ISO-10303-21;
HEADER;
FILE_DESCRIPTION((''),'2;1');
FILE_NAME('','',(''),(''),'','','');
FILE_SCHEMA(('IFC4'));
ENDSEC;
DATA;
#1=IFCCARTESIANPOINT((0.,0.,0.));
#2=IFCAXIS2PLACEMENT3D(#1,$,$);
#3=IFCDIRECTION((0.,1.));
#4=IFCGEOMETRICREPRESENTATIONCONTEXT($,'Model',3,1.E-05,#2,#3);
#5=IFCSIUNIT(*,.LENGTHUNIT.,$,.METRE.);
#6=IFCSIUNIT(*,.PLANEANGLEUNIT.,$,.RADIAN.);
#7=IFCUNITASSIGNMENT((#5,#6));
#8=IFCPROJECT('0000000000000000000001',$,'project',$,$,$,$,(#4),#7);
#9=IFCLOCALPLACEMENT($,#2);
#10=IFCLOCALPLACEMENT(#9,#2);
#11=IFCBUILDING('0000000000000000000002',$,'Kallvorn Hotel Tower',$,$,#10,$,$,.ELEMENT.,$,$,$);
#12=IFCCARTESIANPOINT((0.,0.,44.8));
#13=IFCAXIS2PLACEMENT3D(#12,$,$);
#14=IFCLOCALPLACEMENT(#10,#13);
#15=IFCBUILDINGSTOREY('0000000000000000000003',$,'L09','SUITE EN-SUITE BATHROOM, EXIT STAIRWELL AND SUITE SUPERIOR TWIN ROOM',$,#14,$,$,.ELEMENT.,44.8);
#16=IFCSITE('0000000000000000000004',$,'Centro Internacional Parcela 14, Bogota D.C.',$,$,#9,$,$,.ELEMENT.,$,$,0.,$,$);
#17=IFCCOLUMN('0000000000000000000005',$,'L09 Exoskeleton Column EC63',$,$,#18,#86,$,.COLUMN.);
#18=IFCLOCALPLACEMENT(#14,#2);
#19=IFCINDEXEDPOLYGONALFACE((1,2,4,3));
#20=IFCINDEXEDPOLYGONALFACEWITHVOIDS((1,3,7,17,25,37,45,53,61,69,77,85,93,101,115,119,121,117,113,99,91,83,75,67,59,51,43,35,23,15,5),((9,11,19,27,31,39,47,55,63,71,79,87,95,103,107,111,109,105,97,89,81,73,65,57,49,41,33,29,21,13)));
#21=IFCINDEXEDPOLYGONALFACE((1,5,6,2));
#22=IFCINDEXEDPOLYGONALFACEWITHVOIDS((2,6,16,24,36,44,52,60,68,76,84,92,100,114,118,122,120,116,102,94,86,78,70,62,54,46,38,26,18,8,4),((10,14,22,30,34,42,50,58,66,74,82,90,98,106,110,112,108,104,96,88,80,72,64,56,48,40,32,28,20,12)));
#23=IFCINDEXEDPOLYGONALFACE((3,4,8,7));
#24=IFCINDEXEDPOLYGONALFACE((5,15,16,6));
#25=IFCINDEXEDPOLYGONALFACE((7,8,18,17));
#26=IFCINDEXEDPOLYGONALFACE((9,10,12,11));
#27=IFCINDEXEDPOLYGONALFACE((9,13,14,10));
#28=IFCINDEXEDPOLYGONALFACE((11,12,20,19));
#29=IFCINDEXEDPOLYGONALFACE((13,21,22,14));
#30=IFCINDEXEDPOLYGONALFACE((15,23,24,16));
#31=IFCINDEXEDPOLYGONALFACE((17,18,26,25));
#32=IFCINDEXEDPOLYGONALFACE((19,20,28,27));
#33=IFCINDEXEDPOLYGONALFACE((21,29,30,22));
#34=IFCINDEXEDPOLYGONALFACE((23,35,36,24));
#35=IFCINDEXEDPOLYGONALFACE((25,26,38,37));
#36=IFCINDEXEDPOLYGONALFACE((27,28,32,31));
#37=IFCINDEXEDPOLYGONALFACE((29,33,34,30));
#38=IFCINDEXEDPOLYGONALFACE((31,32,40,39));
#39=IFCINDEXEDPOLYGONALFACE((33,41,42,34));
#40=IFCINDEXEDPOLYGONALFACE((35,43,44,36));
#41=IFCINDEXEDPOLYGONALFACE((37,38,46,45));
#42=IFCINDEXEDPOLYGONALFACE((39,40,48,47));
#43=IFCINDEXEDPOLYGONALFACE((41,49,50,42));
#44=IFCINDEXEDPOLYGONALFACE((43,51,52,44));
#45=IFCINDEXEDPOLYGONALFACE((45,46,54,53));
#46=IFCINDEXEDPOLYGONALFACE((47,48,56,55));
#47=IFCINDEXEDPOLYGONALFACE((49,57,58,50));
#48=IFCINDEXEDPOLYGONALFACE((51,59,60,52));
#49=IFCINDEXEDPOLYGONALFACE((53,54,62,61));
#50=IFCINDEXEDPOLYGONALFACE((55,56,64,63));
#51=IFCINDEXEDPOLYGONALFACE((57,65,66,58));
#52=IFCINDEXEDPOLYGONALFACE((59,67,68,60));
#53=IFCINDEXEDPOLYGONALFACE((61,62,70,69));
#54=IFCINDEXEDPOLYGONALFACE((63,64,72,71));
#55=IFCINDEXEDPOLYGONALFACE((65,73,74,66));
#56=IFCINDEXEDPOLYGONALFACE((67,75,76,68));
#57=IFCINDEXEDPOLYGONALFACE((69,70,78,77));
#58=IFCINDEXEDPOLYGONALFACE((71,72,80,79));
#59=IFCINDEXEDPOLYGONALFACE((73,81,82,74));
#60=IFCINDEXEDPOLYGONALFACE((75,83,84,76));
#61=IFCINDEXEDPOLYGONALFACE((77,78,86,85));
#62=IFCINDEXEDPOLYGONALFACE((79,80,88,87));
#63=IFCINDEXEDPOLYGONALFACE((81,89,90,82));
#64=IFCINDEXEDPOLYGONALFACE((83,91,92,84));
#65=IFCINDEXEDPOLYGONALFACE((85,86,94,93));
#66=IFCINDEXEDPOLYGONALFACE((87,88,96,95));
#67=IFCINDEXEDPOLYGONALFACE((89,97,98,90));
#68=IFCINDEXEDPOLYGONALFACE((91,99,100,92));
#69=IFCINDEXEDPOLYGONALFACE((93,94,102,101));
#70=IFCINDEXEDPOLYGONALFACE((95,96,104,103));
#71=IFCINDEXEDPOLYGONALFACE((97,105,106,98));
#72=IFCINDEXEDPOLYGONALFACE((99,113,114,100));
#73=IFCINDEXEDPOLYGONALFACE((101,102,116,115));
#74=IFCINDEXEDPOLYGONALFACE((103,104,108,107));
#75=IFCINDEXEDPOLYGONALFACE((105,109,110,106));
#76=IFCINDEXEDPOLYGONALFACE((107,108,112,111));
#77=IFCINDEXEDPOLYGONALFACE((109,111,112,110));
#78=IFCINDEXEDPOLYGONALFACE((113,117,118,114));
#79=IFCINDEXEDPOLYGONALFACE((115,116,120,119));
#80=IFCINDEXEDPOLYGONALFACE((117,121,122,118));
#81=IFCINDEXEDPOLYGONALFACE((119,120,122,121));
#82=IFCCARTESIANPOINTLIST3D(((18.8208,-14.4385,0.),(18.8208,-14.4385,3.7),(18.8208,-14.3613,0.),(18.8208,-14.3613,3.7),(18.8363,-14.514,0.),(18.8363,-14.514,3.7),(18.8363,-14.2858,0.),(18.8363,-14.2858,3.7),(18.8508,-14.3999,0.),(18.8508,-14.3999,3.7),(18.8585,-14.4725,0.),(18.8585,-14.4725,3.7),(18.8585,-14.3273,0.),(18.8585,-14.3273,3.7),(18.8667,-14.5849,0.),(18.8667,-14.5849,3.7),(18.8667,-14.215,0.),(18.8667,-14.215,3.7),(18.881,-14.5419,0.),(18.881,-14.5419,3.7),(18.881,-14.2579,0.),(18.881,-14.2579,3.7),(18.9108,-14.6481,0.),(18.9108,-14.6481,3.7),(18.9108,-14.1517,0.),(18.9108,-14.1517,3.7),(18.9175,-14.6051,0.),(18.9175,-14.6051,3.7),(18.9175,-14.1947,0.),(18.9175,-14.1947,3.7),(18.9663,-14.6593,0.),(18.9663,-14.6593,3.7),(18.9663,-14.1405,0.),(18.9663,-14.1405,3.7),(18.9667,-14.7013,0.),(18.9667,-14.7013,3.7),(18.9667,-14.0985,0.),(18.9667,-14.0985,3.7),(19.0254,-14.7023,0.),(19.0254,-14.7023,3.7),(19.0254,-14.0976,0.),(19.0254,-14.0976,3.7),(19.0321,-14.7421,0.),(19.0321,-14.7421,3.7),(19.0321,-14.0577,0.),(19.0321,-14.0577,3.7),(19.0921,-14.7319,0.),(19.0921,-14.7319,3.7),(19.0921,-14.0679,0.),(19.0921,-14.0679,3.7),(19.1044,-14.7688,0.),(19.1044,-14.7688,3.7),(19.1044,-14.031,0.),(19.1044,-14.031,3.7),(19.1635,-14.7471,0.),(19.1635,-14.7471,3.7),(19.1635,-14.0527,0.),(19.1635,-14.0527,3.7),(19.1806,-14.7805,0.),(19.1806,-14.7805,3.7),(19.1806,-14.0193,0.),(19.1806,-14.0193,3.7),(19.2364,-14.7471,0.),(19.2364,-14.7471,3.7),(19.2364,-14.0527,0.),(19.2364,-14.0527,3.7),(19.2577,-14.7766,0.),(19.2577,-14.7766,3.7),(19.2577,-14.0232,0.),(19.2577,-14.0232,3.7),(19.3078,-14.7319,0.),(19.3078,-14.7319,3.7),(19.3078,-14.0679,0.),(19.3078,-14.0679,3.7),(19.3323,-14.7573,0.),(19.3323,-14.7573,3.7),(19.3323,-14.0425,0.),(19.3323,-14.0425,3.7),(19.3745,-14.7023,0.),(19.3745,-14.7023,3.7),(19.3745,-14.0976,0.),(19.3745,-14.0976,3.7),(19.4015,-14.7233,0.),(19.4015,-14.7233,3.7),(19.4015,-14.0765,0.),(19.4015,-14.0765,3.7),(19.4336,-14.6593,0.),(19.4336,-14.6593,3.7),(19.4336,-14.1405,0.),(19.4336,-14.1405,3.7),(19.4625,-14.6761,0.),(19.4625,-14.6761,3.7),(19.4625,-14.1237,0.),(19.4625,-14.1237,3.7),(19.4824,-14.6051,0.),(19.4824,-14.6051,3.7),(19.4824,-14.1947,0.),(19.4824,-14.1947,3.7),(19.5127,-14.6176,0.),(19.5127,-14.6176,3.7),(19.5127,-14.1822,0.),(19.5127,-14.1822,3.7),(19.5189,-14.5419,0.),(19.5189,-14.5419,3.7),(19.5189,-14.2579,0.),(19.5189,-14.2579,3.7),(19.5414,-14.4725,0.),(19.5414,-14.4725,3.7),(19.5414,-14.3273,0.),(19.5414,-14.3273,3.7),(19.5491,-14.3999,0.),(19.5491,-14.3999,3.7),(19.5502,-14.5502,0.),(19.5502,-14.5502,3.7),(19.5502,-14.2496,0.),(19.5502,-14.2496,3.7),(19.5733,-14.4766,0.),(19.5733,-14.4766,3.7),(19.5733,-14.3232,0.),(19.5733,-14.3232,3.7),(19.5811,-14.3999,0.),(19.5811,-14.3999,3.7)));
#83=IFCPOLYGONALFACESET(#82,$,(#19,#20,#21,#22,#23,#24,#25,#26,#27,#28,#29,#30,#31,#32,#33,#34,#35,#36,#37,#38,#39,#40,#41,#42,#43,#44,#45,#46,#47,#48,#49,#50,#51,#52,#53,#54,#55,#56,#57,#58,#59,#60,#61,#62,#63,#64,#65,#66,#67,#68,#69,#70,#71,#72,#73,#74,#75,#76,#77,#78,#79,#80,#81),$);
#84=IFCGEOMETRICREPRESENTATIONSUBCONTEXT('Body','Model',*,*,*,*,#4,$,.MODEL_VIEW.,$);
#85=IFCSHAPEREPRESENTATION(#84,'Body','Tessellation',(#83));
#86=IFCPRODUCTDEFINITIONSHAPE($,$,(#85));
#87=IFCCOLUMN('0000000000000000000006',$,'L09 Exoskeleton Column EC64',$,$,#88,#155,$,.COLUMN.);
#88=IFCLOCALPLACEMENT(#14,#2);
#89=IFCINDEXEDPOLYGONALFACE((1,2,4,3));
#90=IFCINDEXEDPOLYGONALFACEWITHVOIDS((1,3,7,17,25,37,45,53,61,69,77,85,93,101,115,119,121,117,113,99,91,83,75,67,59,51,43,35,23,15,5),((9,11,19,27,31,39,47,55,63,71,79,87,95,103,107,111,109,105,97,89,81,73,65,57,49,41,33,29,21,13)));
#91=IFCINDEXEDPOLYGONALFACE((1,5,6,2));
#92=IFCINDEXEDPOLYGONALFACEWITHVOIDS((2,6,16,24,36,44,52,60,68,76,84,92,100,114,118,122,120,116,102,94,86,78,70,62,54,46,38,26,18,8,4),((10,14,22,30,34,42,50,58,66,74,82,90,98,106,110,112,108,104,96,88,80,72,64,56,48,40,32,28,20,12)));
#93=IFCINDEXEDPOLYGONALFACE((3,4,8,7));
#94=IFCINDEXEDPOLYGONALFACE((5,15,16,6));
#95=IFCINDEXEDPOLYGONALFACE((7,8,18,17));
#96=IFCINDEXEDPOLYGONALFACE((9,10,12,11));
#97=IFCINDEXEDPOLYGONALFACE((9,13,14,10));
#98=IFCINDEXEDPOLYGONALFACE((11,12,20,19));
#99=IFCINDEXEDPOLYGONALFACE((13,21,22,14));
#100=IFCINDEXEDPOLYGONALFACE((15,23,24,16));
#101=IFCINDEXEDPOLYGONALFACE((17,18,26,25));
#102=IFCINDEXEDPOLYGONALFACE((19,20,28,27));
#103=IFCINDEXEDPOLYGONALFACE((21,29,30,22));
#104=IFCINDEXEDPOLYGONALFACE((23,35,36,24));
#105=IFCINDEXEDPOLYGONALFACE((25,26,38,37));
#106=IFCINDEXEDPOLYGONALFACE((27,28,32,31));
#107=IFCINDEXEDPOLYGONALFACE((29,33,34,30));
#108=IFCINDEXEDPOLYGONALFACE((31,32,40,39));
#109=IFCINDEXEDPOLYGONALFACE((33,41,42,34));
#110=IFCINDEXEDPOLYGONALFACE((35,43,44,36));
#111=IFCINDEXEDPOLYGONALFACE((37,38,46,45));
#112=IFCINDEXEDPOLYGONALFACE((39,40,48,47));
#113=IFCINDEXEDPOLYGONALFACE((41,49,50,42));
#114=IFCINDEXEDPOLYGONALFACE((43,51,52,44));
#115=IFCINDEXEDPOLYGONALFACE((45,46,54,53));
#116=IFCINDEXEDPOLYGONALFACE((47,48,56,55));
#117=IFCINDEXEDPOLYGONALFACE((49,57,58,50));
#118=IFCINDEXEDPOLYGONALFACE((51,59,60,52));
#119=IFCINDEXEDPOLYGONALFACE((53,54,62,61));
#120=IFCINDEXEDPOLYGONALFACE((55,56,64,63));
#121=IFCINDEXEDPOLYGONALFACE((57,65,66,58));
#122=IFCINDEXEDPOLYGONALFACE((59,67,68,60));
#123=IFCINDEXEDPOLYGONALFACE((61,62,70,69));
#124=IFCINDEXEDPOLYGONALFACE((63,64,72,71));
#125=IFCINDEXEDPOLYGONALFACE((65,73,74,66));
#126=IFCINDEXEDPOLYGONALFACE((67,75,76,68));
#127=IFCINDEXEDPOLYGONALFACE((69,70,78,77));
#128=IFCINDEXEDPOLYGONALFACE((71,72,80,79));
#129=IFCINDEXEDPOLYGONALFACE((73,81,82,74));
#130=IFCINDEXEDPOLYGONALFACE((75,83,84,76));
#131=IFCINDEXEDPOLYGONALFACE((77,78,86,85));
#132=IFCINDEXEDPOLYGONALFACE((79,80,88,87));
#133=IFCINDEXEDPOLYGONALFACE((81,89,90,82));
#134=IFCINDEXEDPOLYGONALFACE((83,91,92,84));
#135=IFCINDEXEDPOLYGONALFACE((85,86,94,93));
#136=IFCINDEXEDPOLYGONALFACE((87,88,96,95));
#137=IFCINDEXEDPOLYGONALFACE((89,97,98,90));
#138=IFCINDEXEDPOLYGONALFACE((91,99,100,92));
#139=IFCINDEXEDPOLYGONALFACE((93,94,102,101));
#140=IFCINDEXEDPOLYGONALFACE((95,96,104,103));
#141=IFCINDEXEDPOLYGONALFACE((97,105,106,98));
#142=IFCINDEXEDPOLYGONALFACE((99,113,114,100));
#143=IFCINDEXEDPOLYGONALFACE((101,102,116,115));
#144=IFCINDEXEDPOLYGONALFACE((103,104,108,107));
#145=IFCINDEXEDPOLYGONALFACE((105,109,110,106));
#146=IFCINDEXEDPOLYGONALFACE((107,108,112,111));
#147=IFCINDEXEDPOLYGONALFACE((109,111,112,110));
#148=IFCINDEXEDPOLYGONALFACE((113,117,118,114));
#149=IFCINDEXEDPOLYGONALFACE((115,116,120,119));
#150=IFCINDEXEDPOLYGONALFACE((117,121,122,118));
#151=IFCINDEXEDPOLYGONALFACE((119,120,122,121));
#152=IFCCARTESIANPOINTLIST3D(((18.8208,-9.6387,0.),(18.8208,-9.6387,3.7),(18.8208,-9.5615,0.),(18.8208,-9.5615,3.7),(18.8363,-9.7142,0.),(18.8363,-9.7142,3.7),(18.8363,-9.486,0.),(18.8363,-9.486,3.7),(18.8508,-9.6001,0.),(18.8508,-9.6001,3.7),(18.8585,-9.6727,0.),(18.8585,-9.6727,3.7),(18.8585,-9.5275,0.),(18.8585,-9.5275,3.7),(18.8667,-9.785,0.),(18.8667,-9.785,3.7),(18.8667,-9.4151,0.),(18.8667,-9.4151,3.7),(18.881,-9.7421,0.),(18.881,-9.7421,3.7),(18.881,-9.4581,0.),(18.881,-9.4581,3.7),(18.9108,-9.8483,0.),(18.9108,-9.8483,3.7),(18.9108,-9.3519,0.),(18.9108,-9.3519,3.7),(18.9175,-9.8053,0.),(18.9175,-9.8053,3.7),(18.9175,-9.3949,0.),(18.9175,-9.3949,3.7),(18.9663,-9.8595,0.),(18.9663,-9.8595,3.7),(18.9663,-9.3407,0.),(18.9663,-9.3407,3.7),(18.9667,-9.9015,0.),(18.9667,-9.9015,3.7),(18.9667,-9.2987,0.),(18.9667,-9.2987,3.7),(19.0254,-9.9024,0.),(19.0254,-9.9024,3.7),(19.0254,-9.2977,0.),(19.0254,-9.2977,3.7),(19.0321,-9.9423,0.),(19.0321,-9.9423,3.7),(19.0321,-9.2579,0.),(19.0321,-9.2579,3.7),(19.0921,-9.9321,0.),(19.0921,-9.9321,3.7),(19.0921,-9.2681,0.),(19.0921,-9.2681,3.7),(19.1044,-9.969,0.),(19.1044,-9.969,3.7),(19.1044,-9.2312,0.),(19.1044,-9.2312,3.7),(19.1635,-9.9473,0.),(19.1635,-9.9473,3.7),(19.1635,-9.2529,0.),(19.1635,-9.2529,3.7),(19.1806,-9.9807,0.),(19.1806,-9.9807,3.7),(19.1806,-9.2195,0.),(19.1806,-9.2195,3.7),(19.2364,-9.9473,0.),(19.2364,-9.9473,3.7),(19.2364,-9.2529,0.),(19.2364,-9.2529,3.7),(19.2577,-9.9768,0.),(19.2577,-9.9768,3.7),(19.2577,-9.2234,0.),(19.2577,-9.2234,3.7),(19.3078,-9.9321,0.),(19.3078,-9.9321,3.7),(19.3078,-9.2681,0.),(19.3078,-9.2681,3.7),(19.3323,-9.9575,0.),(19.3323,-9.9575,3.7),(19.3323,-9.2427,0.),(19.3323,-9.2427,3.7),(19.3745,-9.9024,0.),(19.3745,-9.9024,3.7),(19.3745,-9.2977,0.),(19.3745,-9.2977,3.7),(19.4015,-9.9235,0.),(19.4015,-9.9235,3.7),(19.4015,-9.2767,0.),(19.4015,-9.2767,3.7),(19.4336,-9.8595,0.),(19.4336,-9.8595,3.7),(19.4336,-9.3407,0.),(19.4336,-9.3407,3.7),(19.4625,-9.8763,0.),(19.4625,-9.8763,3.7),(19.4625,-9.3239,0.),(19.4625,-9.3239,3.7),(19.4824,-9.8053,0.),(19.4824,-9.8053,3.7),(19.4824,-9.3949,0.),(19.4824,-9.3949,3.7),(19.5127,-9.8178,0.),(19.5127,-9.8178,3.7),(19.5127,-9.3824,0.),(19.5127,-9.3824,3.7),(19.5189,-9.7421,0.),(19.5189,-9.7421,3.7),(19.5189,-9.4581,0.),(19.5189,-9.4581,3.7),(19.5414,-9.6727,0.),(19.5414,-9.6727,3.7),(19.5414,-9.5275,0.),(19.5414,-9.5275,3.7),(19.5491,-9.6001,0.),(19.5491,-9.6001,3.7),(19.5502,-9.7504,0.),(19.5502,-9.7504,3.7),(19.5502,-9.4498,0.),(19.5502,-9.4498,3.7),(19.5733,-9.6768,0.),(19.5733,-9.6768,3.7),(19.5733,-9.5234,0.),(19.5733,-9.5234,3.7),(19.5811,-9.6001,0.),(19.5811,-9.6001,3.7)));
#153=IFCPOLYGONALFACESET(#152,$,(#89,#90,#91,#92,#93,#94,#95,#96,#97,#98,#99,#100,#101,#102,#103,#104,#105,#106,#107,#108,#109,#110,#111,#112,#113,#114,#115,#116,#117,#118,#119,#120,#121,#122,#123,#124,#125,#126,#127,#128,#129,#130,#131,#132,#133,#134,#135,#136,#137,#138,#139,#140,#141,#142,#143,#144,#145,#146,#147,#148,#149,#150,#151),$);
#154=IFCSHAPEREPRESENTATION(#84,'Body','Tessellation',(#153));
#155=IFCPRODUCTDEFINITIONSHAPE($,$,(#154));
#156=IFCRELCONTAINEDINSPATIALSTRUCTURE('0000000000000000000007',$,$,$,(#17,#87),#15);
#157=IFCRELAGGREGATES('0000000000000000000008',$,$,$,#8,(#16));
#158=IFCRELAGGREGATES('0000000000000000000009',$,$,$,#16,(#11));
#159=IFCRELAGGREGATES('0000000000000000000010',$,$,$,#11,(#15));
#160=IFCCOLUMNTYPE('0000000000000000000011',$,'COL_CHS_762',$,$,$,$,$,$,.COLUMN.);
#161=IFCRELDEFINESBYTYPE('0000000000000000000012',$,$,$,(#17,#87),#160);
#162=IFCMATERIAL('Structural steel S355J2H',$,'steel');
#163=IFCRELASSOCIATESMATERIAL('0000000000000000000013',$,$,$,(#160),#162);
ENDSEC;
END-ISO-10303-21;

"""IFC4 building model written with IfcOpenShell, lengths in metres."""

from ifc_helpers import new_model, si_unit, direction, frame, origin, origin_2d, place, context, subcontext, project, spatial, hollow_circle, extrude, material, material_profile, profile_set, type_object, element, save


model = new_model("IFC4")

# Units and contexts
model_context = context("Model", 3, precision=1e-05, world=origin(), true_north=direction((0.0, 1.0)))
body_context = subcontext(model_context, "Body", "Model", "MODEL_VIEW")
ifc_project = project(units=[si_unit("LENGTHUNIT", "METRE"), si_unit("PLANEANGLEUNIT", "RADIAN")], contexts=[model_context])

# Site, building, storey
site_placement = place(None, origin())
site = spatial("IfcSite", under=ifc_project, at=site_placement, Name="Centro Internacional Parcela 14, Bogota D.C.", CompositionType="ELEMENT", RefElevation=0.0)
building_placement = place(site_placement, origin())
building = spatial("IfcBuilding", under=site, at=building_placement, Name="Kallvorn Hotel Tower", CompositionType="ELEMENT")
storey_placement = place(building_placement, frame((0.0, 0.0, 44.8)))
storey = spatial("IfcBuildingStorey", under=building, at=storey_placement, Name="L09", Description="SUITE EN-SUITE BATHROOM, EXIT STAIRWELL AND SUITE SUPERIOR TWIN ROOM", CompositionType="ELEMENT", Elevation=44.8)

# Columns
ifc_material_1 = material(Name="Structural steel S355J2H", Category="steel")
ifc_material_profile_1 = material_profile(ifc_material_1, hollow_circle(Radius=0.3811, WallThickness=0.032, at=origin_2d()), Name="CHS 762x32")
ifc_profile_set_1 = profile_set([ifc_material_profile_1], Name="Structural steel S355J2H")
column_type_1 = type_object("IfcColumnType", Name="COL_CHS_762", PredefinedType="COLUMN", material=ifc_profile_set_1)
for number, where, z_axis, x_axis, name in (
    (1, (19.2, -14.3999, 0.0), (0.0, 0.0, 1.0), (1.0, 0.0, 0.0), "L09 Exoskeleton Column EC63"),
    (2, (19.2, -9.6001, 0.0), (0.0, 0.0, 1.0), (1.0, 0.0, 0.0), "L09 Exoskeleton Column EC64"),
):
    element("IfcColumn", number, at=place(storey_placement, frame(where, z_axis=z_axis, x_axis=x_axis)), inside=storey, type_object=column_type_1, Name=name, PredefinedType="COLUMN", context=body_context, shape_type="SweptSolid", body=[
        extrude(hollow_circle(Radius=0.3811, WallThickness=0.032, at=origin_2d()), origin(), (0.0, 0.0, 1.0), 3.7),
    ])

save(model, "model.ifc")
